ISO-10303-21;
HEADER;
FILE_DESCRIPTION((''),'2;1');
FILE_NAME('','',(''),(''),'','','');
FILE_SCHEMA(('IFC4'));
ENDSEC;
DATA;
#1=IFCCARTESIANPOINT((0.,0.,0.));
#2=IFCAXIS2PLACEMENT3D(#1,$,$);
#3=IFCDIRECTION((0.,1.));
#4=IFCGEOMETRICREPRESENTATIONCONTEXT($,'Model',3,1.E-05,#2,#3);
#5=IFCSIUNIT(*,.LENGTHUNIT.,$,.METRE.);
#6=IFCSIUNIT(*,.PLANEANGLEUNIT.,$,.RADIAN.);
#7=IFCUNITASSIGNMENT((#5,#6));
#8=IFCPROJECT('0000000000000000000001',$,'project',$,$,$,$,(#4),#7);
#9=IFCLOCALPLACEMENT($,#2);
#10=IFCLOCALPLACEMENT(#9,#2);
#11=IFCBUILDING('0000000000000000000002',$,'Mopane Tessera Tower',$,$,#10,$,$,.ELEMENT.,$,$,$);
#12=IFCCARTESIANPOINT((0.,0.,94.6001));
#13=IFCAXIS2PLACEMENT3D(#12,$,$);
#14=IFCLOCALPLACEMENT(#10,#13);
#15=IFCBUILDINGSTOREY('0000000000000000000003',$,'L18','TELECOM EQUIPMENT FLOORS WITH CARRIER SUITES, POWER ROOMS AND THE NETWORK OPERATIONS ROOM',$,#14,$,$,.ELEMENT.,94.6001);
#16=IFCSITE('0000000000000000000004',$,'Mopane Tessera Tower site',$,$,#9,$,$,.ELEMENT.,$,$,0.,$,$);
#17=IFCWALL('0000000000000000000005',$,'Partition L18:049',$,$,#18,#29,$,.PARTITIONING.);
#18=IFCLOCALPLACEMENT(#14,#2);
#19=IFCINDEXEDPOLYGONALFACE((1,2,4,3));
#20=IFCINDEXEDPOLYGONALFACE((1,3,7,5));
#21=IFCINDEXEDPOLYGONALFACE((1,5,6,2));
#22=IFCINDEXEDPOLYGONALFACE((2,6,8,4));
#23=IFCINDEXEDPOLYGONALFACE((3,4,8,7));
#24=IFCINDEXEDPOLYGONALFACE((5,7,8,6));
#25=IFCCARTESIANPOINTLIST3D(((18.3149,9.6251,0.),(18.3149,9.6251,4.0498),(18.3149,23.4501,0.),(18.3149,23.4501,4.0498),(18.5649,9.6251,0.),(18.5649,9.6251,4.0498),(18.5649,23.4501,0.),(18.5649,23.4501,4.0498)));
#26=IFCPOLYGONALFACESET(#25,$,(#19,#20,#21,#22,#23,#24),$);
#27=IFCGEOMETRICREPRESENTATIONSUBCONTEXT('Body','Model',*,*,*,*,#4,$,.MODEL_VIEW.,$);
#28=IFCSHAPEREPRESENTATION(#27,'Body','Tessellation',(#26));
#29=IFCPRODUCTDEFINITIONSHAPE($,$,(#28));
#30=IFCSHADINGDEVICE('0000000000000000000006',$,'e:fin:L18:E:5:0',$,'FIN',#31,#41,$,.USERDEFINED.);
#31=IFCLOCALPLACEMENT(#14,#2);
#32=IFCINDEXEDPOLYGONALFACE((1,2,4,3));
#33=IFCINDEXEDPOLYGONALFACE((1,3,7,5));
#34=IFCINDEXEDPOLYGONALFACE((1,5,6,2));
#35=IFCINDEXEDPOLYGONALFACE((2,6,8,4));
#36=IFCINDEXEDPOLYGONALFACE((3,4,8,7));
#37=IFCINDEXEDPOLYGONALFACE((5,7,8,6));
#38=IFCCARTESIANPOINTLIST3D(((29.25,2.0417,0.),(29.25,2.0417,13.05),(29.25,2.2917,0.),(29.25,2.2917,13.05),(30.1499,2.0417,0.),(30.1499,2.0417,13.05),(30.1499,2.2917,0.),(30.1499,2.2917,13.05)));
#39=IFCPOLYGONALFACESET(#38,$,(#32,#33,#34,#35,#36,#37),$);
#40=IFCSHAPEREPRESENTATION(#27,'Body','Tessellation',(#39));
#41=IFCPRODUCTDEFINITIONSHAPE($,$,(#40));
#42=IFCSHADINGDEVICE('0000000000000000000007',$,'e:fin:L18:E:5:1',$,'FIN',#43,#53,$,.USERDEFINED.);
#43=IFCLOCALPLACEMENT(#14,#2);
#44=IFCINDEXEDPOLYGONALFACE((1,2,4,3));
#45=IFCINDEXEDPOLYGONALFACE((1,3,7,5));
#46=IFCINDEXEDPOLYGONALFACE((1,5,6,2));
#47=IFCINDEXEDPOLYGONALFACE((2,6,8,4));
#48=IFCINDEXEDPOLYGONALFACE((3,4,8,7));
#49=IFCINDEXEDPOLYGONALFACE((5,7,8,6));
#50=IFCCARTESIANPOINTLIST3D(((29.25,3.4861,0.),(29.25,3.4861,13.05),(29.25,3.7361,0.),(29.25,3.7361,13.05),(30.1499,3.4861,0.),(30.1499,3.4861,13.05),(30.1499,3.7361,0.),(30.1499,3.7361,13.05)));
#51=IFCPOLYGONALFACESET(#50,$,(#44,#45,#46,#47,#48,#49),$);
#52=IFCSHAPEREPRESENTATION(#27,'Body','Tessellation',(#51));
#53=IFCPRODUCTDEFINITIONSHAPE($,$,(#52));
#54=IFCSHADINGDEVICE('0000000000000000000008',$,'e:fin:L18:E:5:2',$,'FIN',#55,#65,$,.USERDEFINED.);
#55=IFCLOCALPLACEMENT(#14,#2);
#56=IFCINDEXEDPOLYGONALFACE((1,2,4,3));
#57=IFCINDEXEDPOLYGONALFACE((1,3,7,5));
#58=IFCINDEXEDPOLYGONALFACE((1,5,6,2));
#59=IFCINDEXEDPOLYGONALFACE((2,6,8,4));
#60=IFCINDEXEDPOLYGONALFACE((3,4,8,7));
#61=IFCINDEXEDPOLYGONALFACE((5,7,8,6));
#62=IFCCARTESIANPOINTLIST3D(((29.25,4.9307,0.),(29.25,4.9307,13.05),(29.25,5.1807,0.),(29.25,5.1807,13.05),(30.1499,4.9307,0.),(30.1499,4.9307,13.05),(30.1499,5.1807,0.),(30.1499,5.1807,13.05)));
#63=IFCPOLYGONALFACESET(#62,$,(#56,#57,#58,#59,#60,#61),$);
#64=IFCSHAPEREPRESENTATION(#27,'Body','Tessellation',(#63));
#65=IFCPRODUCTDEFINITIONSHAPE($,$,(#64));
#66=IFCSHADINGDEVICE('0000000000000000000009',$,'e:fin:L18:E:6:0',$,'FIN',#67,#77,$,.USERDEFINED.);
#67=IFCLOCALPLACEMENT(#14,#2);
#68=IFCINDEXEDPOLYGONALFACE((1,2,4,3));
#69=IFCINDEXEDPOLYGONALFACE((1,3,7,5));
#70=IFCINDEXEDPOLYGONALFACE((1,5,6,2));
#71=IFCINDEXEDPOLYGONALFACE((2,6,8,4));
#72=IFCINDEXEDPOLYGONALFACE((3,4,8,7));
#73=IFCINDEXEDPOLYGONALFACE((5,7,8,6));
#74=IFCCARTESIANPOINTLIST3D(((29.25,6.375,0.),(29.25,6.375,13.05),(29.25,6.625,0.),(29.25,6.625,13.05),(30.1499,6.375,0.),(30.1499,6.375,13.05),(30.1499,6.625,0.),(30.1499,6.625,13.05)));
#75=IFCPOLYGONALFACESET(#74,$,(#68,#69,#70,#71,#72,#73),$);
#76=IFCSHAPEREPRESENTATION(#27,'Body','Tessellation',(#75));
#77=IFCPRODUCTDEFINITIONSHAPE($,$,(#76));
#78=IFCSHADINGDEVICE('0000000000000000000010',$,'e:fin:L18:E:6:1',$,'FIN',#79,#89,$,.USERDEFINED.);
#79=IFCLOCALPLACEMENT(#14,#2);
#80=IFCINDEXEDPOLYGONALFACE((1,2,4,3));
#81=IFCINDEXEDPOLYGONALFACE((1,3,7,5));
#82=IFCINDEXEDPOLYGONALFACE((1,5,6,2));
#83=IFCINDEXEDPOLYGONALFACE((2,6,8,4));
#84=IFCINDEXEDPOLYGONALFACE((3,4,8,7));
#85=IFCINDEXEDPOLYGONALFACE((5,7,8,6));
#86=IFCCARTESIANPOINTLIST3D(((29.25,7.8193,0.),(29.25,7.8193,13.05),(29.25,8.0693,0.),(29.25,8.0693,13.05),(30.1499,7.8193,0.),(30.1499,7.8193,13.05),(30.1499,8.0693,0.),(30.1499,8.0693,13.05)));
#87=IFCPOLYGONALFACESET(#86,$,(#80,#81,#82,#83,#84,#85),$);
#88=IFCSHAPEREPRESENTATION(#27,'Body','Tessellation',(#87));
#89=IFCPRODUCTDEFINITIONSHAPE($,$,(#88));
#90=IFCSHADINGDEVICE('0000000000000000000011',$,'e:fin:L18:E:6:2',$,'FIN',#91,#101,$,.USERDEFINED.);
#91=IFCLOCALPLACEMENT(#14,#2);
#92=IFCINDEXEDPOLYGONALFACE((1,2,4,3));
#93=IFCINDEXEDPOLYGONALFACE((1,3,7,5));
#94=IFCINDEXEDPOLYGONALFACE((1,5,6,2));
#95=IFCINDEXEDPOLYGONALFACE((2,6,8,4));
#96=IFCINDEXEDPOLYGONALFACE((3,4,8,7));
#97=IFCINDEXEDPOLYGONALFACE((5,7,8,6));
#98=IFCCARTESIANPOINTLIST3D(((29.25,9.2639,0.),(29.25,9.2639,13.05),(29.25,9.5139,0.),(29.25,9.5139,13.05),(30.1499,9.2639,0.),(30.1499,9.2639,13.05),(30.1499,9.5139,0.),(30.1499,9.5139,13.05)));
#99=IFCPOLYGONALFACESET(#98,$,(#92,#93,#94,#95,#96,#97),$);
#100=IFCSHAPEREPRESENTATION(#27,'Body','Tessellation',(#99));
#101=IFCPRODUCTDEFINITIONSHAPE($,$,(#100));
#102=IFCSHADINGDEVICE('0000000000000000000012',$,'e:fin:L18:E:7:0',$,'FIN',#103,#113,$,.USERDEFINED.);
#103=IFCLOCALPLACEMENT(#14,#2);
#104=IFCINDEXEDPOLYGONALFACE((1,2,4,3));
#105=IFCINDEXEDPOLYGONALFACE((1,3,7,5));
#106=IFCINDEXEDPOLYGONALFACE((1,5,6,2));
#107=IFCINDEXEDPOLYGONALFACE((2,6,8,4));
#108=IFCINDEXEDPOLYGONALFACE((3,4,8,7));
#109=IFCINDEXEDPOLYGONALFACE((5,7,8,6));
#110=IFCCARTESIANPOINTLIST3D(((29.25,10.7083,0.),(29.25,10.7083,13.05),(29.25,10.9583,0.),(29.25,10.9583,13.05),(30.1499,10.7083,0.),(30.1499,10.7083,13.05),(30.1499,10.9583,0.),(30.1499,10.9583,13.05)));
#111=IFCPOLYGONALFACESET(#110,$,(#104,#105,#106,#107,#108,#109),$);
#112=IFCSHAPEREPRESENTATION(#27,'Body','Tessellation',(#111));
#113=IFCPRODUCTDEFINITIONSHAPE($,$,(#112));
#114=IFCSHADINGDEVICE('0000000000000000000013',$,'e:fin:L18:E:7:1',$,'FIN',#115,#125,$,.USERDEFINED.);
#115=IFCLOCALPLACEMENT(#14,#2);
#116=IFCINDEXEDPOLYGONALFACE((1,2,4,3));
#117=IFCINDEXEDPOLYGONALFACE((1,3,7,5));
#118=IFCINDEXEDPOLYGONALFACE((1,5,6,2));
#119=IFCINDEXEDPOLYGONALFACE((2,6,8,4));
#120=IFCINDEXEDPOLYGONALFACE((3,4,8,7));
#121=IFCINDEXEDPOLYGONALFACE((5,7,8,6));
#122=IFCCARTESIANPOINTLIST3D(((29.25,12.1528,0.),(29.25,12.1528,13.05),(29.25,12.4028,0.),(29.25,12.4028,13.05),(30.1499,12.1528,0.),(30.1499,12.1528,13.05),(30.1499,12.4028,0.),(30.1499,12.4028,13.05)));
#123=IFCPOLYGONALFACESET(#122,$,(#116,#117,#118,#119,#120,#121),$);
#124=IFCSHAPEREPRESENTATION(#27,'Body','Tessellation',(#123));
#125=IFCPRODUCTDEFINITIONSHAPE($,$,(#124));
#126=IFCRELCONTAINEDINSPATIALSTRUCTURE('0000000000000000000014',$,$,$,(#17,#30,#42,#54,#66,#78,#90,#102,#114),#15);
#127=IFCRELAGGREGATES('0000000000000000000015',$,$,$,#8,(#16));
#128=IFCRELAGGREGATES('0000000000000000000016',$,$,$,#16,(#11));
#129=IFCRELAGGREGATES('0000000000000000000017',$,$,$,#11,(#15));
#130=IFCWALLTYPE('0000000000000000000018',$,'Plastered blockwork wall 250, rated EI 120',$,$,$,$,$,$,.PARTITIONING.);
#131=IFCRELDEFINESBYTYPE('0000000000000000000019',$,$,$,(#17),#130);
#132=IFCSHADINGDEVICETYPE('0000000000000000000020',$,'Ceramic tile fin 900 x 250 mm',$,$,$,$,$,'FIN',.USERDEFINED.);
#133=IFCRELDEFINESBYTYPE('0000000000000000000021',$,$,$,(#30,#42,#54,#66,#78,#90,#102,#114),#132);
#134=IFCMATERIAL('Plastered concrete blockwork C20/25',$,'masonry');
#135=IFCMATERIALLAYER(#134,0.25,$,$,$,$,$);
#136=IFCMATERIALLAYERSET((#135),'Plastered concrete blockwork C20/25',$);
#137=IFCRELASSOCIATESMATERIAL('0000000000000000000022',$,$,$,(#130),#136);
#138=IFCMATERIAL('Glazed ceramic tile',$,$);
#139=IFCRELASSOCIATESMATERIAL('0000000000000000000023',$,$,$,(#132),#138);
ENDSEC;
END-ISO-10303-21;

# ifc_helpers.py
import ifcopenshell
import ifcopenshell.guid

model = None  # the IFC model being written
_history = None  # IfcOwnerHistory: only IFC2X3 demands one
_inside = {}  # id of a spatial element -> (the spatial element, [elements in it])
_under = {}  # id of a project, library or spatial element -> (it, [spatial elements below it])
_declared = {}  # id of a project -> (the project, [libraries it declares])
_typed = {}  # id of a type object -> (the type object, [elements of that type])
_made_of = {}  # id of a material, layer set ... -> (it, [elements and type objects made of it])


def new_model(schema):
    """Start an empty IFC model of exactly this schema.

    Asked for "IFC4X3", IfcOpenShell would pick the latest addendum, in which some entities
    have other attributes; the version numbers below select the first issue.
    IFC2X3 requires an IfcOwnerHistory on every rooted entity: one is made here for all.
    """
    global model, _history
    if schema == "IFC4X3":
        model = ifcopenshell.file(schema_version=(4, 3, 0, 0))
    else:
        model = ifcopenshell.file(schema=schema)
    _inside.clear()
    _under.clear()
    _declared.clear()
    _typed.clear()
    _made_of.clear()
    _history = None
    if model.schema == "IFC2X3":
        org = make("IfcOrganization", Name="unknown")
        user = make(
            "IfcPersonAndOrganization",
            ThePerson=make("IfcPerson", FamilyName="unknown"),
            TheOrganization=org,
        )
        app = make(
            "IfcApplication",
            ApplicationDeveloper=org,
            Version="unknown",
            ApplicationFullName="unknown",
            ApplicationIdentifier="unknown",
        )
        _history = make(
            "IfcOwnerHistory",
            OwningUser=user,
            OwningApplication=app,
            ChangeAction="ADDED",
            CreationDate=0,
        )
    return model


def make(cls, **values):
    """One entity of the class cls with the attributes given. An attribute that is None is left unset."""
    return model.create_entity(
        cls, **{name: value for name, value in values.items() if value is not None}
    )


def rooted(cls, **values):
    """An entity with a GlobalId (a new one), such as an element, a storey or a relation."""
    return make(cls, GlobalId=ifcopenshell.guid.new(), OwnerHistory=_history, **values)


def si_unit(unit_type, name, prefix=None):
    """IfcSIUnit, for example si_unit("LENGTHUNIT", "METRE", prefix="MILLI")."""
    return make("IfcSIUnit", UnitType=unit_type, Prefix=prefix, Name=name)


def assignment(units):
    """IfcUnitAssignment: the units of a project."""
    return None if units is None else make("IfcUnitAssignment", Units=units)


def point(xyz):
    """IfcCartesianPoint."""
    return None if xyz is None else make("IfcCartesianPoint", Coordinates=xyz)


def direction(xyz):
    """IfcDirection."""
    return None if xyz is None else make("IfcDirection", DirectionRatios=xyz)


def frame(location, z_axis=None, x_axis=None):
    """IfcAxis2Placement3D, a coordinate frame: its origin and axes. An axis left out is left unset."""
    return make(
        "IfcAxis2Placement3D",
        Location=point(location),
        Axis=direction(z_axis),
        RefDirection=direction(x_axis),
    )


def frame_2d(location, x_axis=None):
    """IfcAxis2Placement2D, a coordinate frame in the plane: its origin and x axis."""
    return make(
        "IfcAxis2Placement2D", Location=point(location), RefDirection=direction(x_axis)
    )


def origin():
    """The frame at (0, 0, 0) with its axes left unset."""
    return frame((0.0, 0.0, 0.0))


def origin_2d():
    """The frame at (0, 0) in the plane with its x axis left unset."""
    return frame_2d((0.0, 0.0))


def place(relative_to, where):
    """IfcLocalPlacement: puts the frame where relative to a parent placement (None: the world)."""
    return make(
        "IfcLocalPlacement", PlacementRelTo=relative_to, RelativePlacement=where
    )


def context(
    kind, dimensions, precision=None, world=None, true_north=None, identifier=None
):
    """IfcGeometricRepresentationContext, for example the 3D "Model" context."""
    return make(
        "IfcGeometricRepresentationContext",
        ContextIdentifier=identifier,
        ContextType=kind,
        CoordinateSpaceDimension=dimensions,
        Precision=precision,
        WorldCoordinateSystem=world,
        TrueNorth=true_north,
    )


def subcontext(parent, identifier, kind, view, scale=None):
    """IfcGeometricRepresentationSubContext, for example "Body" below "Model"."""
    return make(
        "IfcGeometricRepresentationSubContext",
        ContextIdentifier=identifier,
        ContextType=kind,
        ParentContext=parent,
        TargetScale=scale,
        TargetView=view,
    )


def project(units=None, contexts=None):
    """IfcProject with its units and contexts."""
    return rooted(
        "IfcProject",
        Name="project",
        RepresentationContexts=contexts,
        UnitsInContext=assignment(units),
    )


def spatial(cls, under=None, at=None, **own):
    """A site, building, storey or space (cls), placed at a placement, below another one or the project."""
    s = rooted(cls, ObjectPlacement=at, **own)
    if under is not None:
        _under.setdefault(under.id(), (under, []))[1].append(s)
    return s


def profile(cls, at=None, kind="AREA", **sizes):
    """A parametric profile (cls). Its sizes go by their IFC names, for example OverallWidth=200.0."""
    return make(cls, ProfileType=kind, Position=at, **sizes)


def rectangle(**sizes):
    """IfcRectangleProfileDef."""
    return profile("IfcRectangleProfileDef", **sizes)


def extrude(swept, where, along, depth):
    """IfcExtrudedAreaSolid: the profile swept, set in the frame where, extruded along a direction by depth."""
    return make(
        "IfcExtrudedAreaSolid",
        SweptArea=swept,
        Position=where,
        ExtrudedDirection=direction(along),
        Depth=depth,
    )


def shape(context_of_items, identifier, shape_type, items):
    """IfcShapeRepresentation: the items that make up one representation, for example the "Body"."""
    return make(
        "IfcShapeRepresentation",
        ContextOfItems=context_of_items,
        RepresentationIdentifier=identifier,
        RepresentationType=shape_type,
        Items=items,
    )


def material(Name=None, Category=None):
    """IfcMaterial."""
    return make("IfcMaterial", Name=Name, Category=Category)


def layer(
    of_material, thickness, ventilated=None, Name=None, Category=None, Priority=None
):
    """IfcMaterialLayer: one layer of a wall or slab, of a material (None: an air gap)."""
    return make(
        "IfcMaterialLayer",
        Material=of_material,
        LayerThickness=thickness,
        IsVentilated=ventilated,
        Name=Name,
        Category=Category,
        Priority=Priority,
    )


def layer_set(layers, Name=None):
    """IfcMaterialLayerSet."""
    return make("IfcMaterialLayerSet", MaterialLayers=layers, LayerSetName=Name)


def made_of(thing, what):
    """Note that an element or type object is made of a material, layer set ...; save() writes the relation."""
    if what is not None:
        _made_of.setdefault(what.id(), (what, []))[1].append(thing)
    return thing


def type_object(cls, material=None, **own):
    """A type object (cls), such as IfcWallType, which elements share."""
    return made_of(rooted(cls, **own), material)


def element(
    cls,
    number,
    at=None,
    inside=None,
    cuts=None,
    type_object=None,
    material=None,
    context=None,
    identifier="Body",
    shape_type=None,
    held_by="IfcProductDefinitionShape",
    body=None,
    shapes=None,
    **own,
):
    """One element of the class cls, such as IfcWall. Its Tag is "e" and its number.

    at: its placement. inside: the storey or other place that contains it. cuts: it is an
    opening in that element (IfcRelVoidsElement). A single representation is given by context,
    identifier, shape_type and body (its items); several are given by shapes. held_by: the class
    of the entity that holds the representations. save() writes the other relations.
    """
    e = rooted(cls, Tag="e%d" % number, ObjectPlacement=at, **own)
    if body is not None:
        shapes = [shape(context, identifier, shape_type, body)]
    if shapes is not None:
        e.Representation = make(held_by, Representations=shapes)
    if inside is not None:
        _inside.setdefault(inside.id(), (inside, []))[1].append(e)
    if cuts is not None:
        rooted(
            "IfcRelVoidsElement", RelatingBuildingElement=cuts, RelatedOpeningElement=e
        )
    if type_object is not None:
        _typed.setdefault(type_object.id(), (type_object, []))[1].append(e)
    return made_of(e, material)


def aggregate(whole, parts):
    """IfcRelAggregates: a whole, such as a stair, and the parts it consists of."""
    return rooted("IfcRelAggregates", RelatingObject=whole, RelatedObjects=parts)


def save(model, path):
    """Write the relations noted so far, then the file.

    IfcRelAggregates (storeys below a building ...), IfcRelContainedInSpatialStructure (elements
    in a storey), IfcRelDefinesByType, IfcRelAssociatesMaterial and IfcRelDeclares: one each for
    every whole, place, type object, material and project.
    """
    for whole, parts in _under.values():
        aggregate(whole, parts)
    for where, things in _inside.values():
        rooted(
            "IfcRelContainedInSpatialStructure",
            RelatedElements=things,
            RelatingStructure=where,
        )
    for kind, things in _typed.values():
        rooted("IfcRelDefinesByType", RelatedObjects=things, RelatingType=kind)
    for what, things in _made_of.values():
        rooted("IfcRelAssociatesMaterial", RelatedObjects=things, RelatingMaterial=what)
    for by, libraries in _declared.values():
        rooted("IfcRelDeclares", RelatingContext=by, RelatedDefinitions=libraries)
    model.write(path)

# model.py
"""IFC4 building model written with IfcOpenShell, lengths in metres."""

from ifc_helpers import new_model, si_unit, direction, frame, frame_2d, origin, origin_2d, place, context, subcontext, project, spatial, rectangle, extrude, material, layer, layer_set, type_object, element, save


model = new_model("IFC4")

# Units and contexts
model_context = context("Model", 3, precision=1e-05, world=origin(), true_north=direction((0.0, 1.0)))
body_context = subcontext(model_context, "Body", "Model", "MODEL_VIEW")
ifc_project = project(units=[si_unit("LENGTHUNIT", "METRE"), si_unit("PLANEANGLEUNIT", "RADIAN")], contexts=[model_context])

# Site, building, storey
site_placement = place(None, origin())
site = spatial("IfcSite", under=ifc_project, at=site_placement, Name="Mopane Tessera Tower site", CompositionType="ELEMENT", RefElevation=0.0)
building_placement = place(site_placement, origin())
building = spatial("IfcBuilding", under=site, at=building_placement, Name="Mopane Tessera Tower", CompositionType="ELEMENT")
storey_placement = place(building_placement, frame((0.0, 0.0, 94.6001)))
storey = spatial("IfcBuildingStorey", under=building, at=storey_placement, Name="L18", Description="TELECOM EQUIPMENT FLOORS WITH CARRIER SUITES, POWER ROOMS AND THE NETWORK OPERATIONS ROOM", CompositionType="ELEMENT", Elevation=94.6001)

# Wall
ifc_material_1 = material(Name="Plastered concrete blockwork C20/25", Category="masonry")
ifc_layer_1 = layer(ifc_material_1, 0.25)
ifc_layer_set_1 = layer_set([ifc_layer_1], Name="Plastered concrete blockwork C20/25")
wall_type_1 = type_object("IfcWallType", Name="Plastered blockwork wall 250, rated EI 120", PredefinedType="PARTITIONING", material=ifc_layer_set_1)
wall_1_placement = place(storey_placement, frame((18.4399, 9.625, 0.0), z_axis=(0.0, 0.0, 1.0), x_axis=(0.0, 1.0, 0.0)))
element("IfcWall", 1, at=wall_1_placement, inside=storey, type_object=wall_type_1, Name="Partition L18:049", PredefinedType="PARTITIONING", context=body_context, shape_type="SweptSolid", body=[
    extrude(rectangle(XDim=13.825, YDim=0.25, at=frame_2d((6.9126, 0.0))), origin(), (0.0, 0.0, 1.0), 4.0498),
])

# Shading devices
ifc_material_2 = material(Name="Glazed ceramic tile")
shading_device_type = type_object("IfcShadingDeviceType", Name="Ceramic tile fin 900 x 250 mm", ElementType="FIN", PredefinedType="USERDEFINED", material=ifc_material_2)
for number, where, z_axis, x_axis, name in (
    (2, (29.7, 2.1667, 0.0), (0.0, 0.0, 1.0), (0.0, 1.0, 0.0), "e:fin:L18:E:5:0"),
    (3, (29.7, 3.6111, 0.0), (0.0, 0.0, 1.0), (0.0, 1.0, 0.0), "e:fin:L18:E:5:1"),
    (4, (29.7, 5.0557, 0.0), (0.0, 0.0, 1.0), (0.0, 1.0, 0.0), "e:fin:L18:E:5:2"),
    (5, (29.7, 6.5, 0.0), (0.0, 0.0, 1.0), (0.0, 1.0, 0.0), "e:fin:L18:E:6:0"),
    (6, (29.7, 7.9443, 0.0), (0.0, 0.0, 1.0), (0.0, 1.0, 0.0), "e:fin:L18:E:6:1"),
    (7, (29.7, 9.3889, 0.0), (0.0, 0.0, 1.0), (0.0, 1.0, 0.0), "e:fin:L18:E:6:2"),
    (8, (29.7, 10.8333, 0.0), (0.0, 0.0, 1.0), (0.0, 1.0, 0.0), "e:fin:L18:E:7:0"),
    (9, (29.7, 12.2778, 0.0), (0.0, 0.0, 1.0), (0.0, 1.0, 0.0), "e:fin:L18:E:7:1"),
):
    element("IfcShadingDevice", number, at=place(storey_placement, frame(where, z_axis=z_axis, x_axis=x_axis)), inside=storey, type_object=shading_device_type, Name=name, ObjectType="FIN", PredefinedType="USERDEFINED", context=body_context, shape_type="SweptSolid", body=[
        extrude(rectangle(XDim=0.25, YDim=0.8999, at=origin_2d()), origin(), (0.0, 0.0, 1.0), 13.05),
    ])

save(model, "model.ifc")
